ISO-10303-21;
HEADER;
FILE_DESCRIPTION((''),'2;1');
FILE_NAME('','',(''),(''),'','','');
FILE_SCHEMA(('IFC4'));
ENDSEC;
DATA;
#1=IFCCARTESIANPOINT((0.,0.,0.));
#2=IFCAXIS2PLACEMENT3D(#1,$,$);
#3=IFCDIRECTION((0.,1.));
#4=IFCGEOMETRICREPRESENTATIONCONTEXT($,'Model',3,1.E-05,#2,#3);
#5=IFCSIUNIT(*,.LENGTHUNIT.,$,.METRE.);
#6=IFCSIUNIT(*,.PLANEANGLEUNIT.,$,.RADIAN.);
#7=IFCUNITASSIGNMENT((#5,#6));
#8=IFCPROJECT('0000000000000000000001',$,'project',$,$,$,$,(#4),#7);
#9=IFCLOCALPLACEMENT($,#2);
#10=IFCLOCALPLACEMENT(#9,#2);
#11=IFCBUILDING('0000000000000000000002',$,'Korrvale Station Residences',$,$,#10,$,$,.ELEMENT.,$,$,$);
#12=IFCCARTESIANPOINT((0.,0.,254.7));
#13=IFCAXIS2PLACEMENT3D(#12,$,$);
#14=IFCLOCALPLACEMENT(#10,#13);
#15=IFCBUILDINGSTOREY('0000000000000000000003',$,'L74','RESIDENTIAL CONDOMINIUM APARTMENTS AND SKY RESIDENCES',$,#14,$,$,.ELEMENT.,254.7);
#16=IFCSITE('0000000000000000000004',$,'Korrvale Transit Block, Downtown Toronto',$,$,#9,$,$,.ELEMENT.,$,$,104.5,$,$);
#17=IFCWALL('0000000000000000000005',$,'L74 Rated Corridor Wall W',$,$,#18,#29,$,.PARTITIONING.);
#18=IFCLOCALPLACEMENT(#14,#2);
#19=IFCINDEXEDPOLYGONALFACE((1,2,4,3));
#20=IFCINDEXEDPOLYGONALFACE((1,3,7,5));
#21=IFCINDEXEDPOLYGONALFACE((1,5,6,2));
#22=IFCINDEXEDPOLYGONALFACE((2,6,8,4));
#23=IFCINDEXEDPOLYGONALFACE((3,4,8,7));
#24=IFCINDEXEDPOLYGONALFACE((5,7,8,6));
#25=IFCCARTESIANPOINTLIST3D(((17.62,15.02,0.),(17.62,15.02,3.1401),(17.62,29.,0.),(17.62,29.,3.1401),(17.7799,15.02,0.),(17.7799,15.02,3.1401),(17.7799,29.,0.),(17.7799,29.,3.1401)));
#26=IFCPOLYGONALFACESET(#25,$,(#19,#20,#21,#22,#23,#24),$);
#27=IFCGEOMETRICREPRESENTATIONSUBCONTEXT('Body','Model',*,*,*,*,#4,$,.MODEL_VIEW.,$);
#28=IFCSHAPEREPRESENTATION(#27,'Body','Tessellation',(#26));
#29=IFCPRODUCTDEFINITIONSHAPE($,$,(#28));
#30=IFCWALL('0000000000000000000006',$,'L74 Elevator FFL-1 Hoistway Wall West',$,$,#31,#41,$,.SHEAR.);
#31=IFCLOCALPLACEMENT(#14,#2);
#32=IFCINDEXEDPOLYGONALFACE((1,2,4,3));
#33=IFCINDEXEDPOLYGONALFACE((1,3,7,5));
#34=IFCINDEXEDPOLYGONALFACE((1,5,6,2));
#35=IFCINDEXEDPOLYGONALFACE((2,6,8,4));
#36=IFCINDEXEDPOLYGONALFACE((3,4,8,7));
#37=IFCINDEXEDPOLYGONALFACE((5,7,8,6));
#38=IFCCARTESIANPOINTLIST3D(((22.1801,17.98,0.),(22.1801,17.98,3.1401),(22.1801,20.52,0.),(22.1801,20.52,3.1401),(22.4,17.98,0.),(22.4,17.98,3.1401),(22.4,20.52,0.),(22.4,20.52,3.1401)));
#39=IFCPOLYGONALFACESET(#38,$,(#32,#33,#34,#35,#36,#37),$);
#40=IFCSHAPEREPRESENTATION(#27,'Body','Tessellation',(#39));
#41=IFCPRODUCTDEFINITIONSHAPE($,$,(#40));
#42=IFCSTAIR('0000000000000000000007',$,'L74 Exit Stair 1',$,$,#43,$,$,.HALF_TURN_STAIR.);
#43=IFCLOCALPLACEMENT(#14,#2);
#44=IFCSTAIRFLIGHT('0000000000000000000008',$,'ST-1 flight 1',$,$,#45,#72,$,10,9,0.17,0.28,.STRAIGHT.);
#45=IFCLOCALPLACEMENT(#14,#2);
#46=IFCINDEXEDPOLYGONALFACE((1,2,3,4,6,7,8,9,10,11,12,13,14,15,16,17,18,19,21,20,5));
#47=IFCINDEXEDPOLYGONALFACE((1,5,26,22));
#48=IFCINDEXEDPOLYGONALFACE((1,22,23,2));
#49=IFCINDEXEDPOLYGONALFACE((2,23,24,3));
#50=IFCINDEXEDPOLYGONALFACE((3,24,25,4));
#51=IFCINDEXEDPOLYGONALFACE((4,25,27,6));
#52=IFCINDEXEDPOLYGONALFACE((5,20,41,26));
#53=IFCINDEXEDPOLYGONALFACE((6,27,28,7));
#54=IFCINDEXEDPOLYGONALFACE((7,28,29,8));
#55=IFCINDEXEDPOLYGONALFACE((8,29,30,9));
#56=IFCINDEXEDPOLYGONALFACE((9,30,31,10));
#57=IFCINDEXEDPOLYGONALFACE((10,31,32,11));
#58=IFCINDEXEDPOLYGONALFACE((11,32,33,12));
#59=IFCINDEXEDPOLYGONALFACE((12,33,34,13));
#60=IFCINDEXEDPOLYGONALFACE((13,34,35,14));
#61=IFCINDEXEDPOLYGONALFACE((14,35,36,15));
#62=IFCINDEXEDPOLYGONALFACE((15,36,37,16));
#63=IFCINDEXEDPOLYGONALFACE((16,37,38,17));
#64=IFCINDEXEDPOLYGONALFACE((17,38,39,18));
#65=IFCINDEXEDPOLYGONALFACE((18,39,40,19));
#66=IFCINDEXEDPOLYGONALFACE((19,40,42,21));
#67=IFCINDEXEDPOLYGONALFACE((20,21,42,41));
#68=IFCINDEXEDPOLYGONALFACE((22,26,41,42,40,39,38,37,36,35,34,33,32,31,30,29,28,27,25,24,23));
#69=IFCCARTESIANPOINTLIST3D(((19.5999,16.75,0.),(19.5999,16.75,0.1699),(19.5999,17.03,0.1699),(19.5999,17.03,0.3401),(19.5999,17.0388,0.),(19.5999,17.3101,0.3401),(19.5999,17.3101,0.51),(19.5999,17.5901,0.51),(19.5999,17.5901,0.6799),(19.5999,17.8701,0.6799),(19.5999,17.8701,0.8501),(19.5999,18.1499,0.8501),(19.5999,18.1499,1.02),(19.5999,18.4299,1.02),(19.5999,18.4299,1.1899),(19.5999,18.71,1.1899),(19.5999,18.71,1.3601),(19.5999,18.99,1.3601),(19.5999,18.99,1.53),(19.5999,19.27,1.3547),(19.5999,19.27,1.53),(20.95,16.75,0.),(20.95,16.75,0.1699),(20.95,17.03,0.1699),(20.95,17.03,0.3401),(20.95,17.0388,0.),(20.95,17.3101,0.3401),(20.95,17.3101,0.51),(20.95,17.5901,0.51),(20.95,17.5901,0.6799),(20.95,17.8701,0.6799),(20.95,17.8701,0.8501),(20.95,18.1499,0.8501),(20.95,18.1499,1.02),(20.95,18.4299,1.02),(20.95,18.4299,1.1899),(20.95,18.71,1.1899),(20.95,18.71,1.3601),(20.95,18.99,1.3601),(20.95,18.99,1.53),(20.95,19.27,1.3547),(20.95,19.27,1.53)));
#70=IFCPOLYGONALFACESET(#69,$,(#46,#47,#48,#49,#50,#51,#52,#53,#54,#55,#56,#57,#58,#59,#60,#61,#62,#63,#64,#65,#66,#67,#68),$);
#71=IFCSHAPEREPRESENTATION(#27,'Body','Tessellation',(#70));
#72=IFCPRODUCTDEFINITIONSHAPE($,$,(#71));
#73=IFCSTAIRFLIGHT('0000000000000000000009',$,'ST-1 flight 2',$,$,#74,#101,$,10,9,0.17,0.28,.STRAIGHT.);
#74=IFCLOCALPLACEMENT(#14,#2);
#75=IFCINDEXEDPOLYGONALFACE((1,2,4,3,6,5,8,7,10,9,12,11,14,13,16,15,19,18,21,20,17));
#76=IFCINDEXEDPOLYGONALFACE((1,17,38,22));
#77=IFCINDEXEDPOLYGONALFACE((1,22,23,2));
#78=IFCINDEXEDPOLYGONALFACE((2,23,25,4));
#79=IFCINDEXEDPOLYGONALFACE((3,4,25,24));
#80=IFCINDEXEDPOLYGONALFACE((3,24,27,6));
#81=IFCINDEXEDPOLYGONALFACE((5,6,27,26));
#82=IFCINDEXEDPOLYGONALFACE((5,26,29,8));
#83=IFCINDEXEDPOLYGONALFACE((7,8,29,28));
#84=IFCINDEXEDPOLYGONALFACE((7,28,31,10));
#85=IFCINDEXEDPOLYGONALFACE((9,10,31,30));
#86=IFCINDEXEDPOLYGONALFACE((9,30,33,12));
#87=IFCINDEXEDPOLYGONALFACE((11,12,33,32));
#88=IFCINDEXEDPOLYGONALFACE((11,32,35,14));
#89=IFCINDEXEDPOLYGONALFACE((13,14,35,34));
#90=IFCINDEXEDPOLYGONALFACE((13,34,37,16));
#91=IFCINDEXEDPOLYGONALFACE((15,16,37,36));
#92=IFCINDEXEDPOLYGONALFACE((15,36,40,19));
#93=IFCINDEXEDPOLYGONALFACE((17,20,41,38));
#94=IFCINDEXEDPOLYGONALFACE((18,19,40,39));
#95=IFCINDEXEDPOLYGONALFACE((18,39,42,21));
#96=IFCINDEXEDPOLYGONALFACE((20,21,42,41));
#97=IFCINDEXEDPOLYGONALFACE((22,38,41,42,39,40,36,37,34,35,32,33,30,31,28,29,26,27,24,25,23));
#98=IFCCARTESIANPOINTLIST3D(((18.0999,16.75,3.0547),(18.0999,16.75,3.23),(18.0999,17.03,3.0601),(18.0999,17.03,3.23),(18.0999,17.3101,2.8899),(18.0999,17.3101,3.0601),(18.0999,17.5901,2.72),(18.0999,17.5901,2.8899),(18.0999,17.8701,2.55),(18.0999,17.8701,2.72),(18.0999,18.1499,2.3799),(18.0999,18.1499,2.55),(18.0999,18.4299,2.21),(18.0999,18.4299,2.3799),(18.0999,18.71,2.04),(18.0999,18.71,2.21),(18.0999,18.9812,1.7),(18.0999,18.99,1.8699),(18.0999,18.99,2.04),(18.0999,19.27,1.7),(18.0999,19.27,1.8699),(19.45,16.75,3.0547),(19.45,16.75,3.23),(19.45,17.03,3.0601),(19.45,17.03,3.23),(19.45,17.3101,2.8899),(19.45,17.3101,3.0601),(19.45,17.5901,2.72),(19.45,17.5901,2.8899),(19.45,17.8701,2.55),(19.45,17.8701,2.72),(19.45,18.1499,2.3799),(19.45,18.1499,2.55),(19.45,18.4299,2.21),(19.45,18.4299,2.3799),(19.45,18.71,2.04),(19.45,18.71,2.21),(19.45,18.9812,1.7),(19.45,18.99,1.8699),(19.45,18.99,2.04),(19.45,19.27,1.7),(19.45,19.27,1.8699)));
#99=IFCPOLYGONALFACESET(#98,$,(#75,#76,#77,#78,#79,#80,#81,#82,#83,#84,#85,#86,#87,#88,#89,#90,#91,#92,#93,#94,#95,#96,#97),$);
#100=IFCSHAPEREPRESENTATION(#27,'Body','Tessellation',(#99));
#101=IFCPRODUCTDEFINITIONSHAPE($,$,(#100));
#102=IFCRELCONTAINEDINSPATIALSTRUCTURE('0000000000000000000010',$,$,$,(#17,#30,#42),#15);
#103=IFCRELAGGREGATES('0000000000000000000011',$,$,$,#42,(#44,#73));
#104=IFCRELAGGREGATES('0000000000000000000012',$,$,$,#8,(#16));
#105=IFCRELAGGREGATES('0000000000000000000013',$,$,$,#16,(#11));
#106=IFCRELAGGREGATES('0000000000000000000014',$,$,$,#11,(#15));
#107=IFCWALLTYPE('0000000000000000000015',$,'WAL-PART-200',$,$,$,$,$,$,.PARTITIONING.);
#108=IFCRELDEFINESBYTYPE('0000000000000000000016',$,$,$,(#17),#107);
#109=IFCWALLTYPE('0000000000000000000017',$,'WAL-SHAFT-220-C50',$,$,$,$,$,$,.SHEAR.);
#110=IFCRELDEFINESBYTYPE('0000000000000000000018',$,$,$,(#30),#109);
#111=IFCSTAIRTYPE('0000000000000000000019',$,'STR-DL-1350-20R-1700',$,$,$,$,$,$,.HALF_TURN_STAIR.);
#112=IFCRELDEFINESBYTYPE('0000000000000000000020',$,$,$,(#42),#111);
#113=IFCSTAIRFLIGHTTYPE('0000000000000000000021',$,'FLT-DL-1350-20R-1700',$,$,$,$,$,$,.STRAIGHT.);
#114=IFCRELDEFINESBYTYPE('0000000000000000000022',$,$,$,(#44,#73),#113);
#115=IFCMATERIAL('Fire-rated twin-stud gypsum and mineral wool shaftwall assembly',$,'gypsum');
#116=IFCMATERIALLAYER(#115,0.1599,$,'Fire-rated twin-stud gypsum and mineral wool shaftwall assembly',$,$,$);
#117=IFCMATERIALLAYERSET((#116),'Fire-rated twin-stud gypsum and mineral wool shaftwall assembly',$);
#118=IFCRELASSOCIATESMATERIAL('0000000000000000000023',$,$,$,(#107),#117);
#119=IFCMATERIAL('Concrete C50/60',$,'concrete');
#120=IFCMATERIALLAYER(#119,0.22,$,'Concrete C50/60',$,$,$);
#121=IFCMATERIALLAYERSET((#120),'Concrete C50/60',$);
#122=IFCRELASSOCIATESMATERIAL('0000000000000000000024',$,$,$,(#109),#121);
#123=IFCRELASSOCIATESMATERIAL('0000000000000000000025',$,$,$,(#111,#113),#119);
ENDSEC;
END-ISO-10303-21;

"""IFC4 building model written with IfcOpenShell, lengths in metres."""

from ifc_helpers import new_model, si_unit, direction, frame, frame_2d, origin, place, context, subcontext, project, spatial, polyline, rectangle, outline, extrude, material, layer, layer_set, type_object, element, aggregate, save


model = new_model("IFC4")

# Units and contexts
model_context = context("Model", 3, precision=1e-05, world=origin(), true_north=direction((0.0, 1.0)))
body_context = subcontext(model_context, "Body", "Model", "MODEL_VIEW")
ifc_project = project(units=[si_unit("LENGTHUNIT", "METRE"), si_unit("PLANEANGLEUNIT", "RADIAN")], contexts=[model_context])

# Site, building, storey
site_placement = place(None, origin())
site = spatial("IfcSite", under=ifc_project, at=site_placement, Name="Korrvale Transit Block, Downtown Toronto", CompositionType="ELEMENT", RefElevation=104.5)
building_placement = place(site_placement, origin())
building = spatial("IfcBuilding", under=site, at=building_placement, Name="Korrvale Station Residences", CompositionType="ELEMENT")
storey_placement = place(building_placement, frame((0.0, 0.0, 254.7)))
storey = spatial("IfcBuildingStorey", under=building, at=storey_placement, Name="L74", Description="RESIDENTIAL CONDOMINIUM APARTMENTS AND SKY RESIDENCES", CompositionType="ELEMENT", Elevation=254.7)

# Shared definitions
ifc_material_1 = material(Name="Concrete C50/60", Category="concrete")

# Shared definitions
ifc_material_2 = material(Name="Fire-rated twin-stud gypsum and mineral wool shaftwall assembly", Category="gypsum")
ifc_layer_1 = layer(ifc_material_2, 0.1599, Name="Fire-rated twin-stud gypsum and mineral wool shaftwall assembly")
ifc_layer_set_1 = layer_set([ifc_layer_1], Name="Fire-rated twin-stud gypsum and mineral wool shaftwall assembly")
wall_type_1 = type_object("IfcWallType", Name="WAL-PART-200", PredefinedType="PARTITIONING", material=ifc_layer_set_1)

# Wall
wall_1_placement = place(storey_placement, frame((17.7, 15.02, 0.0), z_axis=(0.0, 0.0, 1.0), x_axis=(0.0, 1.0, 0.0)))
element("IfcWall", 1, at=wall_1_placement, inside=storey, type_object=wall_type_1, Name="L74 Rated Corridor Wall W", PredefinedType="PARTITIONING", context=body_context, shape_type="SweptSolid", body=[
    extrude(rectangle(XDim=13.98, YDim=0.1599, at=frame_2d((6.99, 0.0))), origin(), (0.0, 0.0, 1.0), 3.1401),
])

# Shared definitions
ifc_layer_2 = layer(ifc_material_1, 0.22, Name="Concrete C50/60")
ifc_layer_set_2 = layer_set([ifc_layer_2], Name="Concrete C50/60")
wall_type_2 = type_object("IfcWallType", Name="WAL-SHAFT-220-C50", PredefinedType="SHEAR", material=ifc_layer_set_2)

# Wall
wall_2_placement = place(storey_placement, frame((22.29, 17.98, 0.0), z_axis=(0.0, 0.0, 1.0), x_axis=(0.0, 1.0, 0.0)))
element("IfcWall", 2, at=wall_2_placement, inside=storey, type_object=wall_type_2, Name="L74 Elevator FFL-1 Hoistway Wall West", PredefinedType="SHEAR", context=body_context, shape_type="SweptSolid", body=[
    extrude(rectangle(XDim=2.54, YDim=0.22, at=frame_2d((1.27, 0.0))), origin(), (0.0, 0.0, 1.0), 3.1401),
])

# Stair, stair flights
stair_type = type_object("IfcStairType", Name="STR-DL-1350-20R-1700", PredefinedType="HALF_TURN_STAIR", material=ifc_material_1)
stair_placement = place(storey_placement, origin())
stair = element("IfcStair", 3, at=stair_placement, inside=storey, type_object=stair_type, Name="L74 Exit Stair 1", PredefinedType="HALF_TURN_STAIR")
stair_flight_type = type_object("IfcStairFlightType", Name="FLT-DL-1350-20R-1700", PredefinedType="STRAIGHT", material=ifc_material_1)
stair_flight_1_placement = place(storey_placement, frame((20.2749, 16.75, 0.0), z_axis=(0.0, 0.0, 1.0), x_axis=(0.0, 1.0, 0.0)))
stair_flight_1 = element("IfcStairFlight", 4, at=stair_flight_1_placement, type_object=stair_flight_type, Name="ST-1 flight 1", NumberOfRisers=10, NumberOfTreads=9, PredefinedType="STRAIGHT", RiserHeight=0.17, TreadLength=0.28, context=body_context, shape_type="SweptSolid", body=[
    extrude(outline(polyline([(0.0, 0.0), (0.0, 0.1699), (0.28, 0.1699), (0.28, 0.3401), (0.5601, 0.3401), (0.5601, 0.51), (0.8401, 0.51), (0.8401, 0.6799), (1.1201, 0.6799), (1.1201, 0.8501), (1.3999, 0.8501), (1.3999, 1.02), (1.6799, 1.02), (1.6799, 1.1899), (1.96, 1.1899), (1.96, 1.3601), (2.24, 1.3601), (2.24, 1.53), (2.52, 1.53), (2.52, 1.7), (2.52, 1.3547), (0.2888, 0.0), (0.0, 0.0)])), frame((0.0, 0.675, 0.0), z_axis=(0.0, -1.0, 0.0), x_axis=(1.0, 0.0, 0.0)), (0.0, 0.0, 1.0), 1.3501),
])
stair_flight_2_placement = place(storey_placement, frame((18.7749, 19.27, 1.7), z_axis=(0.0, 0.0, 1.0), x_axis=(0.0, -1.0, 0.0)))
stair_flight_2 = element("IfcStairFlight", 5, at=stair_flight_2_placement, type_object=stair_flight_type, Name="ST-1 flight 2", NumberOfRisers=10, NumberOfTreads=9, PredefinedType="STRAIGHT", RiserHeight=0.17, TreadLength=0.28, context=body_context, shape_type="SweptSolid", body=[
    extrude(outline(polyline([(0.0, 0.0), (0.0, 0.1699), (0.28, 0.1699), (0.28, 0.3401), (0.5601, 0.3401), (0.5601, 0.51), (0.8401, 0.51), (0.8401, 0.6799), (1.1201, 0.6799), (1.1201, 0.8501), (1.3999, 0.8501), (1.3999, 1.02), (1.6799, 1.02), (1.6799, 1.1899), (1.96, 1.1899), (1.96, 1.3601), (2.24, 1.3601), (2.24, 1.53), (2.52, 1.53), (2.52, 1.7), (2.52, 1.3547), (0.2888, 0.0), (0.0, 0.0)])), frame((0.0, 0.675, 0.0), z_axis=(0.0, -1.0, 0.0), x_axis=(1.0, 0.0, 0.0)), (0.0, 0.0, 1.0), 1.3501),
])
aggregate(stair, [stair_flight_1, stair_flight_2])

save(model, "model.ifc")
